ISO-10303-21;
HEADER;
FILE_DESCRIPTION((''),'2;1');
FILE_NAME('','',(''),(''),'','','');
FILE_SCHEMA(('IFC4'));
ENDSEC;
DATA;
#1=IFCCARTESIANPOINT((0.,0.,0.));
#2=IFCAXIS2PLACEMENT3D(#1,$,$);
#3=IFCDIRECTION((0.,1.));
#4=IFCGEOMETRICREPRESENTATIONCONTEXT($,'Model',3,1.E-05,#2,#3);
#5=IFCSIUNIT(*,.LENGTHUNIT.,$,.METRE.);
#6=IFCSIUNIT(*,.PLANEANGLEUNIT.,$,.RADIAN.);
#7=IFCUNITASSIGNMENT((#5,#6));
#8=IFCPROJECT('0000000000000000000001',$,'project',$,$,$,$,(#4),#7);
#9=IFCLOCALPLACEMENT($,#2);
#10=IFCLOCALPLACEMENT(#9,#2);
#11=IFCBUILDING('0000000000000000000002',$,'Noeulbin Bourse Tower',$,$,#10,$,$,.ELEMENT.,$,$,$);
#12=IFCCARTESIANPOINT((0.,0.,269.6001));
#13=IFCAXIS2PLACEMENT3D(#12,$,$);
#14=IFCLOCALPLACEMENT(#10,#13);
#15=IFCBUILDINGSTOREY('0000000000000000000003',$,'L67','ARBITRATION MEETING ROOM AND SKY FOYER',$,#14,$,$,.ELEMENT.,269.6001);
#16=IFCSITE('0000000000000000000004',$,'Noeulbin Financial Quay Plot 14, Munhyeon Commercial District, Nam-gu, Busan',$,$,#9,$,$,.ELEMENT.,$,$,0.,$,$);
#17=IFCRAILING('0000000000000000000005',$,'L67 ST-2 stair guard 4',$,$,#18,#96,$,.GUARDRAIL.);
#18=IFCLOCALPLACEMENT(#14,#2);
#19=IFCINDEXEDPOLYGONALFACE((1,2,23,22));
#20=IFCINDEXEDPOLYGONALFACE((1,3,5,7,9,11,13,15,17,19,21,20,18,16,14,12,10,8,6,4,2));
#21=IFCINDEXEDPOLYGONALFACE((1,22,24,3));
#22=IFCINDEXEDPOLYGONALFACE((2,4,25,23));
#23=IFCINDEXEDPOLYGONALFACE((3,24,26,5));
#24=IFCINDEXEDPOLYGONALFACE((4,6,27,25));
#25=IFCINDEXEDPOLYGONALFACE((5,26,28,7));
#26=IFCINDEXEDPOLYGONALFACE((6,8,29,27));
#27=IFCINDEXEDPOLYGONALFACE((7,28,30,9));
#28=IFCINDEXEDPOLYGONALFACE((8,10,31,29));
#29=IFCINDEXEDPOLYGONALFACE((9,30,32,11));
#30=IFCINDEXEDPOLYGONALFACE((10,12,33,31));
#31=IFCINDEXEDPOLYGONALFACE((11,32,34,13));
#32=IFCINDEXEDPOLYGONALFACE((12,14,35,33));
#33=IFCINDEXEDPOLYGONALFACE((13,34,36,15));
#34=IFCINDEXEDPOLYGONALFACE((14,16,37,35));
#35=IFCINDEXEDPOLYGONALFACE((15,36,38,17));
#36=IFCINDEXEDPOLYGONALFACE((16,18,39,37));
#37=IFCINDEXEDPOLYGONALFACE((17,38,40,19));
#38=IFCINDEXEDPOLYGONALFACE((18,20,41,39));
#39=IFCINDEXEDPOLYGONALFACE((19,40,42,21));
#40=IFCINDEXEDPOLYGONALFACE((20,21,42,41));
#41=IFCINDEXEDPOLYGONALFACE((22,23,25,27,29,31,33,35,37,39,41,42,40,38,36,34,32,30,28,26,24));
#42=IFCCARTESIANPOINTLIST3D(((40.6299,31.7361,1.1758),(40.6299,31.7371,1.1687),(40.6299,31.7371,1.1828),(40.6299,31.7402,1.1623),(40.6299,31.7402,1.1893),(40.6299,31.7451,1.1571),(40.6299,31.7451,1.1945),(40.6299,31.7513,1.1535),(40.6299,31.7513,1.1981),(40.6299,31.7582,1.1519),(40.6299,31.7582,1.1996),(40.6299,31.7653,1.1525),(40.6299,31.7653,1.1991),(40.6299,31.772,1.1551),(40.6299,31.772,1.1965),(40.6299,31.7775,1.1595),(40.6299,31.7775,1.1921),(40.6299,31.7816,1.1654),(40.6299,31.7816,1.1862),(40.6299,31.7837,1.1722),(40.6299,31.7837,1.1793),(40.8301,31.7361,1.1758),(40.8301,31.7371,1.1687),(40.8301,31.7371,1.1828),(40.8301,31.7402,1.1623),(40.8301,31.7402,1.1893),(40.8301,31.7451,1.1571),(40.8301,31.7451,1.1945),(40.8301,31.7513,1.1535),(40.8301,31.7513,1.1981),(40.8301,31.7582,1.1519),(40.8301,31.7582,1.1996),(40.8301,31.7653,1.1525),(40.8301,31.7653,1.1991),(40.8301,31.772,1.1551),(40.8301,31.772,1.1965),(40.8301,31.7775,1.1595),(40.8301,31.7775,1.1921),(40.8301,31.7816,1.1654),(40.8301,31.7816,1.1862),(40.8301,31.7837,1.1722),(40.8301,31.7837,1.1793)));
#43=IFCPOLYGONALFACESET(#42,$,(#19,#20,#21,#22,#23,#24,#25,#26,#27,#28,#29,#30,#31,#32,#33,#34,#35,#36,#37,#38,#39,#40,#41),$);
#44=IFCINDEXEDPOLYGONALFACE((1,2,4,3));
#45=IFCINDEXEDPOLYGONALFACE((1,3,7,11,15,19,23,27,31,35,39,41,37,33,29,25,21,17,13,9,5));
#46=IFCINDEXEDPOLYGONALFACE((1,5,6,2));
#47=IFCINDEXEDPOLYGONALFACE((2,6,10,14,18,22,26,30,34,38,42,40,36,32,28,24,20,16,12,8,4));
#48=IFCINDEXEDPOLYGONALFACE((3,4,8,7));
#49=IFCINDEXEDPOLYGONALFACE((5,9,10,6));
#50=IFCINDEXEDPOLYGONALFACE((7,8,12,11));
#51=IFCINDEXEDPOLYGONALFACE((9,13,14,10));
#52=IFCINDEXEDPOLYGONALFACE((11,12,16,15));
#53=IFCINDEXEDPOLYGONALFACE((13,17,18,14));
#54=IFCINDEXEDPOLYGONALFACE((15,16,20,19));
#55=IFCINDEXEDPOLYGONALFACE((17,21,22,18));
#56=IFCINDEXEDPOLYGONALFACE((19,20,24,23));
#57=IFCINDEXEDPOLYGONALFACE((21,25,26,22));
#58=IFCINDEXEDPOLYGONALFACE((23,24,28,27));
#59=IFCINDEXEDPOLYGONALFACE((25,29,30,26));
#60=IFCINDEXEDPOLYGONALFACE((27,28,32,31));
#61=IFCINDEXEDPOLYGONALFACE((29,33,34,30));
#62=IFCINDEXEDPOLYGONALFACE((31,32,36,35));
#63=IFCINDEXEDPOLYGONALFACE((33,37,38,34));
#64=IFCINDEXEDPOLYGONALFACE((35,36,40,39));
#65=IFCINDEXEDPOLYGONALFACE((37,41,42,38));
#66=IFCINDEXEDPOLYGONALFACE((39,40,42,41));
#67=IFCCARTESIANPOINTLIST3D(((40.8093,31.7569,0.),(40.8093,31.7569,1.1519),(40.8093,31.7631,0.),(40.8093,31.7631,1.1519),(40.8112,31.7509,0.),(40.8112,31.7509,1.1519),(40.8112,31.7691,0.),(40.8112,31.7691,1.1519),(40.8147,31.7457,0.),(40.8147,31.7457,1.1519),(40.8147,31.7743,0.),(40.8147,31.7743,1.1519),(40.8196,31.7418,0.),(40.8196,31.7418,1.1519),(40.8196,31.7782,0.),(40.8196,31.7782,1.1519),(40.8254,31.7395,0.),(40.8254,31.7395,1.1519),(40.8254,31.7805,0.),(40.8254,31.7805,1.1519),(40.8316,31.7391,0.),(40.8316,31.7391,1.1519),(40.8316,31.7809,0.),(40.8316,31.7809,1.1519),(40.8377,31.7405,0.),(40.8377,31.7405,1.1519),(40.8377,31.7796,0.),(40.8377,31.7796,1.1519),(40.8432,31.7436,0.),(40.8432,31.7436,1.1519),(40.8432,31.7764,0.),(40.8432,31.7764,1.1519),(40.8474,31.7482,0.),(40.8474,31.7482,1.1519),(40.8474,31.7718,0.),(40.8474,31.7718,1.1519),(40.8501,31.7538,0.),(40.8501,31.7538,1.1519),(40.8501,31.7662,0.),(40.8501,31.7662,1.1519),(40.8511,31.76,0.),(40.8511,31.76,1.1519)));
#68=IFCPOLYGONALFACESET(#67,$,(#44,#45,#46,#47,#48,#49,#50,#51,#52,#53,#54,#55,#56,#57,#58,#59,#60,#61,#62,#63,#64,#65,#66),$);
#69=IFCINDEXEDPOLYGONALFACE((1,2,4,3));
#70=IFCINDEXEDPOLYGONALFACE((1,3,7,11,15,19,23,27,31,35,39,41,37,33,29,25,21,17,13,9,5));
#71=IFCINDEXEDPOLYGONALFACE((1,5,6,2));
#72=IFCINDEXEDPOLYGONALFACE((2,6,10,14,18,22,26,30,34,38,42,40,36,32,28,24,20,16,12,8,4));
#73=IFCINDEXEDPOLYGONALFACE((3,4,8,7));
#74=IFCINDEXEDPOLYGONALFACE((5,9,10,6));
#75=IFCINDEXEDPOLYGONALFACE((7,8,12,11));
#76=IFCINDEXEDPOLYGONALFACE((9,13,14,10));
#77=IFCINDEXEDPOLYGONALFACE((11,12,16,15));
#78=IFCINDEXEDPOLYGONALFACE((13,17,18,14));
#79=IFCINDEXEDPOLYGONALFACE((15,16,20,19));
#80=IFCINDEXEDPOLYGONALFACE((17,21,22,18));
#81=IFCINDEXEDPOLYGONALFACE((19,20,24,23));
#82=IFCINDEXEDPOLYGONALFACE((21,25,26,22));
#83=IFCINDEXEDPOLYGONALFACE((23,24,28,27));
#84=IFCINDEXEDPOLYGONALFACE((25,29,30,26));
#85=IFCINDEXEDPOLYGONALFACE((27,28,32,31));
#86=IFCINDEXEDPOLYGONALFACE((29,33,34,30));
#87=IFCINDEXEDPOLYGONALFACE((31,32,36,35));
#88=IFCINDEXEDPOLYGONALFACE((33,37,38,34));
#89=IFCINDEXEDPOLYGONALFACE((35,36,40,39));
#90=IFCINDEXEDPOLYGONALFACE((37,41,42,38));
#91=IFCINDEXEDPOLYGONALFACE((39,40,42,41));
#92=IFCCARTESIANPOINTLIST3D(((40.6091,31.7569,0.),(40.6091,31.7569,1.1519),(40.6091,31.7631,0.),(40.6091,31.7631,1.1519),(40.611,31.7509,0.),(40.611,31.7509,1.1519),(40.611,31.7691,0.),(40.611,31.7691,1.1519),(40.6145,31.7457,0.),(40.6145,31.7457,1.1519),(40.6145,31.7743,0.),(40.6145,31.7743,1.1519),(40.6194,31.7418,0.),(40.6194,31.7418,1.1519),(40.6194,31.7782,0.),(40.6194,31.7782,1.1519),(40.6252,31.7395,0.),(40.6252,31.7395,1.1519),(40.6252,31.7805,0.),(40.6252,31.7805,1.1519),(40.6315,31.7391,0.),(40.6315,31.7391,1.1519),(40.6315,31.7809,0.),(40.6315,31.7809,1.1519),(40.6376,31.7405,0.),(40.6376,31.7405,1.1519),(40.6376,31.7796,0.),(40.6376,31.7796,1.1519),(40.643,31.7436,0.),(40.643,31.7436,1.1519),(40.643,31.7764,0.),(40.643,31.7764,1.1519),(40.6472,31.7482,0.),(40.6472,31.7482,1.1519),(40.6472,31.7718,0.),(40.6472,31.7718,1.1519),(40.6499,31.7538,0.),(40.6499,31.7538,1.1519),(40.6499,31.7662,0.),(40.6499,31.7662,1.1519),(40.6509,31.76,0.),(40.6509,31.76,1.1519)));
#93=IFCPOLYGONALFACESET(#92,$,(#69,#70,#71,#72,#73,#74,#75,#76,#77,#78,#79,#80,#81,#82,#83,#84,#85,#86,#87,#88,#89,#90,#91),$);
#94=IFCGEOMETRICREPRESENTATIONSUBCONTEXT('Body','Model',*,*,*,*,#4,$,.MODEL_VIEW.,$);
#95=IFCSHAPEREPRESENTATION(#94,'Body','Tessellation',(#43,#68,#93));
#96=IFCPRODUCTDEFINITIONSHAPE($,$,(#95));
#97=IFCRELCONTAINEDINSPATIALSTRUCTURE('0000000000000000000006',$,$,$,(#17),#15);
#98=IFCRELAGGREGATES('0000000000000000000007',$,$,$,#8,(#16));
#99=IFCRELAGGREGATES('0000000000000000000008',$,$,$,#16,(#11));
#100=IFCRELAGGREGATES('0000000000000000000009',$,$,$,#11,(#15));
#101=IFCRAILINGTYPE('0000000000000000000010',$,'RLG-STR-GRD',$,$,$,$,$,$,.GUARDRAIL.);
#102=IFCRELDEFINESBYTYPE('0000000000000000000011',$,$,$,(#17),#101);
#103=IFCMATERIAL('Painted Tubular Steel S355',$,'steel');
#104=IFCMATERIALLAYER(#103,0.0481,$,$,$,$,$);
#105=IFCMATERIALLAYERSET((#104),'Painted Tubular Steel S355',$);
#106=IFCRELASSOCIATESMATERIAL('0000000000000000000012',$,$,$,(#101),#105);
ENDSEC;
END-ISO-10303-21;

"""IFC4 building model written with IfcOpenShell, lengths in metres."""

from ifc_helpers import new_model, si_unit, direction, frame, origin, origin_2d, place, context, subcontext, project, spatial, circle, extrude, material, layer, layer_set, type_object, element, save


model = new_model("IFC4")

# Units and contexts
model_context = context("Model", 3, precision=1e-05, world=origin(), true_north=direction((0.0, 1.0)))
body_context = subcontext(model_context, "Body", "Model", "MODEL_VIEW")
ifc_project = project(units=[si_unit("LENGTHUNIT", "METRE"), si_unit("PLANEANGLEUNIT", "RADIAN")], contexts=[model_context])

# Site, building, storey
site_placement = place(None, origin())
site = spatial("IfcSite", under=ifc_project, at=site_placement, Name="Noeulbin Financial Quay Plot 14, Munhyeon Commercial District, Nam-gu, Busan", CompositionType="ELEMENT", RefElevation=0.0)
building_placement = place(site_placement, origin())
building = spatial("IfcBuilding", under=site, at=building_placement, Name="Noeulbin Bourse Tower", CompositionType="ELEMENT")
storey_placement = place(building_placement, frame((0.0, 0.0, 269.6001)))
storey = spatial("IfcBuildingStorey", under=building, at=storey_placement, Name="L67", Description="ARBITRATION MEETING ROOM AND SKY FOYER", CompositionType="ELEMENT", Elevation=269.6001)

# Railing
ifc_material_1 = material(Name="Painted Tubular Steel S355", Category="steel")
ifc_layer_1 = layer(ifc_material_1, 0.0481)
ifc_layer_set_1 = layer_set([ifc_layer_1], Name="Painted Tubular Steel S355")
railing_type_1 = type_object("IfcRailingType", Name="RLG-STR-GRD", PredefinedType="GUARDRAIL", material=ifc_layer_set_1)
railing_1_placement = place(storey_placement, frame((40.8301, 31.76, 0.0)))
element("IfcRailing", 1, at=railing_1_placement, inside=storey, type_object=railing_type_1, Name="L67 ST-2 stair guard 4", PredefinedType="GUARDRAIL", context=body_context, shape_type="SweptSolid", body=[
    extrude(circle(Radius=0.0239, at=origin_2d()), frame((0.0, 0.0, 1.1758), z_axis=(-1.0, 0.0, 0.0), x_axis=(0.0, -1.0, 0.0)), (0.0, 0.0, 1.0), 0.2002),
    extrude(circle(Radius=0.021, at=origin_2d()), origin(), (0.0, 0.0, 1.0), 1.1519),
    extrude(circle(Radius=0.021, at=origin_2d()), frame((-0.2002, 0.0, 0.0)), (0.0, 0.0, 1.0), 1.1519),
])

save(model, "model.ifc")
